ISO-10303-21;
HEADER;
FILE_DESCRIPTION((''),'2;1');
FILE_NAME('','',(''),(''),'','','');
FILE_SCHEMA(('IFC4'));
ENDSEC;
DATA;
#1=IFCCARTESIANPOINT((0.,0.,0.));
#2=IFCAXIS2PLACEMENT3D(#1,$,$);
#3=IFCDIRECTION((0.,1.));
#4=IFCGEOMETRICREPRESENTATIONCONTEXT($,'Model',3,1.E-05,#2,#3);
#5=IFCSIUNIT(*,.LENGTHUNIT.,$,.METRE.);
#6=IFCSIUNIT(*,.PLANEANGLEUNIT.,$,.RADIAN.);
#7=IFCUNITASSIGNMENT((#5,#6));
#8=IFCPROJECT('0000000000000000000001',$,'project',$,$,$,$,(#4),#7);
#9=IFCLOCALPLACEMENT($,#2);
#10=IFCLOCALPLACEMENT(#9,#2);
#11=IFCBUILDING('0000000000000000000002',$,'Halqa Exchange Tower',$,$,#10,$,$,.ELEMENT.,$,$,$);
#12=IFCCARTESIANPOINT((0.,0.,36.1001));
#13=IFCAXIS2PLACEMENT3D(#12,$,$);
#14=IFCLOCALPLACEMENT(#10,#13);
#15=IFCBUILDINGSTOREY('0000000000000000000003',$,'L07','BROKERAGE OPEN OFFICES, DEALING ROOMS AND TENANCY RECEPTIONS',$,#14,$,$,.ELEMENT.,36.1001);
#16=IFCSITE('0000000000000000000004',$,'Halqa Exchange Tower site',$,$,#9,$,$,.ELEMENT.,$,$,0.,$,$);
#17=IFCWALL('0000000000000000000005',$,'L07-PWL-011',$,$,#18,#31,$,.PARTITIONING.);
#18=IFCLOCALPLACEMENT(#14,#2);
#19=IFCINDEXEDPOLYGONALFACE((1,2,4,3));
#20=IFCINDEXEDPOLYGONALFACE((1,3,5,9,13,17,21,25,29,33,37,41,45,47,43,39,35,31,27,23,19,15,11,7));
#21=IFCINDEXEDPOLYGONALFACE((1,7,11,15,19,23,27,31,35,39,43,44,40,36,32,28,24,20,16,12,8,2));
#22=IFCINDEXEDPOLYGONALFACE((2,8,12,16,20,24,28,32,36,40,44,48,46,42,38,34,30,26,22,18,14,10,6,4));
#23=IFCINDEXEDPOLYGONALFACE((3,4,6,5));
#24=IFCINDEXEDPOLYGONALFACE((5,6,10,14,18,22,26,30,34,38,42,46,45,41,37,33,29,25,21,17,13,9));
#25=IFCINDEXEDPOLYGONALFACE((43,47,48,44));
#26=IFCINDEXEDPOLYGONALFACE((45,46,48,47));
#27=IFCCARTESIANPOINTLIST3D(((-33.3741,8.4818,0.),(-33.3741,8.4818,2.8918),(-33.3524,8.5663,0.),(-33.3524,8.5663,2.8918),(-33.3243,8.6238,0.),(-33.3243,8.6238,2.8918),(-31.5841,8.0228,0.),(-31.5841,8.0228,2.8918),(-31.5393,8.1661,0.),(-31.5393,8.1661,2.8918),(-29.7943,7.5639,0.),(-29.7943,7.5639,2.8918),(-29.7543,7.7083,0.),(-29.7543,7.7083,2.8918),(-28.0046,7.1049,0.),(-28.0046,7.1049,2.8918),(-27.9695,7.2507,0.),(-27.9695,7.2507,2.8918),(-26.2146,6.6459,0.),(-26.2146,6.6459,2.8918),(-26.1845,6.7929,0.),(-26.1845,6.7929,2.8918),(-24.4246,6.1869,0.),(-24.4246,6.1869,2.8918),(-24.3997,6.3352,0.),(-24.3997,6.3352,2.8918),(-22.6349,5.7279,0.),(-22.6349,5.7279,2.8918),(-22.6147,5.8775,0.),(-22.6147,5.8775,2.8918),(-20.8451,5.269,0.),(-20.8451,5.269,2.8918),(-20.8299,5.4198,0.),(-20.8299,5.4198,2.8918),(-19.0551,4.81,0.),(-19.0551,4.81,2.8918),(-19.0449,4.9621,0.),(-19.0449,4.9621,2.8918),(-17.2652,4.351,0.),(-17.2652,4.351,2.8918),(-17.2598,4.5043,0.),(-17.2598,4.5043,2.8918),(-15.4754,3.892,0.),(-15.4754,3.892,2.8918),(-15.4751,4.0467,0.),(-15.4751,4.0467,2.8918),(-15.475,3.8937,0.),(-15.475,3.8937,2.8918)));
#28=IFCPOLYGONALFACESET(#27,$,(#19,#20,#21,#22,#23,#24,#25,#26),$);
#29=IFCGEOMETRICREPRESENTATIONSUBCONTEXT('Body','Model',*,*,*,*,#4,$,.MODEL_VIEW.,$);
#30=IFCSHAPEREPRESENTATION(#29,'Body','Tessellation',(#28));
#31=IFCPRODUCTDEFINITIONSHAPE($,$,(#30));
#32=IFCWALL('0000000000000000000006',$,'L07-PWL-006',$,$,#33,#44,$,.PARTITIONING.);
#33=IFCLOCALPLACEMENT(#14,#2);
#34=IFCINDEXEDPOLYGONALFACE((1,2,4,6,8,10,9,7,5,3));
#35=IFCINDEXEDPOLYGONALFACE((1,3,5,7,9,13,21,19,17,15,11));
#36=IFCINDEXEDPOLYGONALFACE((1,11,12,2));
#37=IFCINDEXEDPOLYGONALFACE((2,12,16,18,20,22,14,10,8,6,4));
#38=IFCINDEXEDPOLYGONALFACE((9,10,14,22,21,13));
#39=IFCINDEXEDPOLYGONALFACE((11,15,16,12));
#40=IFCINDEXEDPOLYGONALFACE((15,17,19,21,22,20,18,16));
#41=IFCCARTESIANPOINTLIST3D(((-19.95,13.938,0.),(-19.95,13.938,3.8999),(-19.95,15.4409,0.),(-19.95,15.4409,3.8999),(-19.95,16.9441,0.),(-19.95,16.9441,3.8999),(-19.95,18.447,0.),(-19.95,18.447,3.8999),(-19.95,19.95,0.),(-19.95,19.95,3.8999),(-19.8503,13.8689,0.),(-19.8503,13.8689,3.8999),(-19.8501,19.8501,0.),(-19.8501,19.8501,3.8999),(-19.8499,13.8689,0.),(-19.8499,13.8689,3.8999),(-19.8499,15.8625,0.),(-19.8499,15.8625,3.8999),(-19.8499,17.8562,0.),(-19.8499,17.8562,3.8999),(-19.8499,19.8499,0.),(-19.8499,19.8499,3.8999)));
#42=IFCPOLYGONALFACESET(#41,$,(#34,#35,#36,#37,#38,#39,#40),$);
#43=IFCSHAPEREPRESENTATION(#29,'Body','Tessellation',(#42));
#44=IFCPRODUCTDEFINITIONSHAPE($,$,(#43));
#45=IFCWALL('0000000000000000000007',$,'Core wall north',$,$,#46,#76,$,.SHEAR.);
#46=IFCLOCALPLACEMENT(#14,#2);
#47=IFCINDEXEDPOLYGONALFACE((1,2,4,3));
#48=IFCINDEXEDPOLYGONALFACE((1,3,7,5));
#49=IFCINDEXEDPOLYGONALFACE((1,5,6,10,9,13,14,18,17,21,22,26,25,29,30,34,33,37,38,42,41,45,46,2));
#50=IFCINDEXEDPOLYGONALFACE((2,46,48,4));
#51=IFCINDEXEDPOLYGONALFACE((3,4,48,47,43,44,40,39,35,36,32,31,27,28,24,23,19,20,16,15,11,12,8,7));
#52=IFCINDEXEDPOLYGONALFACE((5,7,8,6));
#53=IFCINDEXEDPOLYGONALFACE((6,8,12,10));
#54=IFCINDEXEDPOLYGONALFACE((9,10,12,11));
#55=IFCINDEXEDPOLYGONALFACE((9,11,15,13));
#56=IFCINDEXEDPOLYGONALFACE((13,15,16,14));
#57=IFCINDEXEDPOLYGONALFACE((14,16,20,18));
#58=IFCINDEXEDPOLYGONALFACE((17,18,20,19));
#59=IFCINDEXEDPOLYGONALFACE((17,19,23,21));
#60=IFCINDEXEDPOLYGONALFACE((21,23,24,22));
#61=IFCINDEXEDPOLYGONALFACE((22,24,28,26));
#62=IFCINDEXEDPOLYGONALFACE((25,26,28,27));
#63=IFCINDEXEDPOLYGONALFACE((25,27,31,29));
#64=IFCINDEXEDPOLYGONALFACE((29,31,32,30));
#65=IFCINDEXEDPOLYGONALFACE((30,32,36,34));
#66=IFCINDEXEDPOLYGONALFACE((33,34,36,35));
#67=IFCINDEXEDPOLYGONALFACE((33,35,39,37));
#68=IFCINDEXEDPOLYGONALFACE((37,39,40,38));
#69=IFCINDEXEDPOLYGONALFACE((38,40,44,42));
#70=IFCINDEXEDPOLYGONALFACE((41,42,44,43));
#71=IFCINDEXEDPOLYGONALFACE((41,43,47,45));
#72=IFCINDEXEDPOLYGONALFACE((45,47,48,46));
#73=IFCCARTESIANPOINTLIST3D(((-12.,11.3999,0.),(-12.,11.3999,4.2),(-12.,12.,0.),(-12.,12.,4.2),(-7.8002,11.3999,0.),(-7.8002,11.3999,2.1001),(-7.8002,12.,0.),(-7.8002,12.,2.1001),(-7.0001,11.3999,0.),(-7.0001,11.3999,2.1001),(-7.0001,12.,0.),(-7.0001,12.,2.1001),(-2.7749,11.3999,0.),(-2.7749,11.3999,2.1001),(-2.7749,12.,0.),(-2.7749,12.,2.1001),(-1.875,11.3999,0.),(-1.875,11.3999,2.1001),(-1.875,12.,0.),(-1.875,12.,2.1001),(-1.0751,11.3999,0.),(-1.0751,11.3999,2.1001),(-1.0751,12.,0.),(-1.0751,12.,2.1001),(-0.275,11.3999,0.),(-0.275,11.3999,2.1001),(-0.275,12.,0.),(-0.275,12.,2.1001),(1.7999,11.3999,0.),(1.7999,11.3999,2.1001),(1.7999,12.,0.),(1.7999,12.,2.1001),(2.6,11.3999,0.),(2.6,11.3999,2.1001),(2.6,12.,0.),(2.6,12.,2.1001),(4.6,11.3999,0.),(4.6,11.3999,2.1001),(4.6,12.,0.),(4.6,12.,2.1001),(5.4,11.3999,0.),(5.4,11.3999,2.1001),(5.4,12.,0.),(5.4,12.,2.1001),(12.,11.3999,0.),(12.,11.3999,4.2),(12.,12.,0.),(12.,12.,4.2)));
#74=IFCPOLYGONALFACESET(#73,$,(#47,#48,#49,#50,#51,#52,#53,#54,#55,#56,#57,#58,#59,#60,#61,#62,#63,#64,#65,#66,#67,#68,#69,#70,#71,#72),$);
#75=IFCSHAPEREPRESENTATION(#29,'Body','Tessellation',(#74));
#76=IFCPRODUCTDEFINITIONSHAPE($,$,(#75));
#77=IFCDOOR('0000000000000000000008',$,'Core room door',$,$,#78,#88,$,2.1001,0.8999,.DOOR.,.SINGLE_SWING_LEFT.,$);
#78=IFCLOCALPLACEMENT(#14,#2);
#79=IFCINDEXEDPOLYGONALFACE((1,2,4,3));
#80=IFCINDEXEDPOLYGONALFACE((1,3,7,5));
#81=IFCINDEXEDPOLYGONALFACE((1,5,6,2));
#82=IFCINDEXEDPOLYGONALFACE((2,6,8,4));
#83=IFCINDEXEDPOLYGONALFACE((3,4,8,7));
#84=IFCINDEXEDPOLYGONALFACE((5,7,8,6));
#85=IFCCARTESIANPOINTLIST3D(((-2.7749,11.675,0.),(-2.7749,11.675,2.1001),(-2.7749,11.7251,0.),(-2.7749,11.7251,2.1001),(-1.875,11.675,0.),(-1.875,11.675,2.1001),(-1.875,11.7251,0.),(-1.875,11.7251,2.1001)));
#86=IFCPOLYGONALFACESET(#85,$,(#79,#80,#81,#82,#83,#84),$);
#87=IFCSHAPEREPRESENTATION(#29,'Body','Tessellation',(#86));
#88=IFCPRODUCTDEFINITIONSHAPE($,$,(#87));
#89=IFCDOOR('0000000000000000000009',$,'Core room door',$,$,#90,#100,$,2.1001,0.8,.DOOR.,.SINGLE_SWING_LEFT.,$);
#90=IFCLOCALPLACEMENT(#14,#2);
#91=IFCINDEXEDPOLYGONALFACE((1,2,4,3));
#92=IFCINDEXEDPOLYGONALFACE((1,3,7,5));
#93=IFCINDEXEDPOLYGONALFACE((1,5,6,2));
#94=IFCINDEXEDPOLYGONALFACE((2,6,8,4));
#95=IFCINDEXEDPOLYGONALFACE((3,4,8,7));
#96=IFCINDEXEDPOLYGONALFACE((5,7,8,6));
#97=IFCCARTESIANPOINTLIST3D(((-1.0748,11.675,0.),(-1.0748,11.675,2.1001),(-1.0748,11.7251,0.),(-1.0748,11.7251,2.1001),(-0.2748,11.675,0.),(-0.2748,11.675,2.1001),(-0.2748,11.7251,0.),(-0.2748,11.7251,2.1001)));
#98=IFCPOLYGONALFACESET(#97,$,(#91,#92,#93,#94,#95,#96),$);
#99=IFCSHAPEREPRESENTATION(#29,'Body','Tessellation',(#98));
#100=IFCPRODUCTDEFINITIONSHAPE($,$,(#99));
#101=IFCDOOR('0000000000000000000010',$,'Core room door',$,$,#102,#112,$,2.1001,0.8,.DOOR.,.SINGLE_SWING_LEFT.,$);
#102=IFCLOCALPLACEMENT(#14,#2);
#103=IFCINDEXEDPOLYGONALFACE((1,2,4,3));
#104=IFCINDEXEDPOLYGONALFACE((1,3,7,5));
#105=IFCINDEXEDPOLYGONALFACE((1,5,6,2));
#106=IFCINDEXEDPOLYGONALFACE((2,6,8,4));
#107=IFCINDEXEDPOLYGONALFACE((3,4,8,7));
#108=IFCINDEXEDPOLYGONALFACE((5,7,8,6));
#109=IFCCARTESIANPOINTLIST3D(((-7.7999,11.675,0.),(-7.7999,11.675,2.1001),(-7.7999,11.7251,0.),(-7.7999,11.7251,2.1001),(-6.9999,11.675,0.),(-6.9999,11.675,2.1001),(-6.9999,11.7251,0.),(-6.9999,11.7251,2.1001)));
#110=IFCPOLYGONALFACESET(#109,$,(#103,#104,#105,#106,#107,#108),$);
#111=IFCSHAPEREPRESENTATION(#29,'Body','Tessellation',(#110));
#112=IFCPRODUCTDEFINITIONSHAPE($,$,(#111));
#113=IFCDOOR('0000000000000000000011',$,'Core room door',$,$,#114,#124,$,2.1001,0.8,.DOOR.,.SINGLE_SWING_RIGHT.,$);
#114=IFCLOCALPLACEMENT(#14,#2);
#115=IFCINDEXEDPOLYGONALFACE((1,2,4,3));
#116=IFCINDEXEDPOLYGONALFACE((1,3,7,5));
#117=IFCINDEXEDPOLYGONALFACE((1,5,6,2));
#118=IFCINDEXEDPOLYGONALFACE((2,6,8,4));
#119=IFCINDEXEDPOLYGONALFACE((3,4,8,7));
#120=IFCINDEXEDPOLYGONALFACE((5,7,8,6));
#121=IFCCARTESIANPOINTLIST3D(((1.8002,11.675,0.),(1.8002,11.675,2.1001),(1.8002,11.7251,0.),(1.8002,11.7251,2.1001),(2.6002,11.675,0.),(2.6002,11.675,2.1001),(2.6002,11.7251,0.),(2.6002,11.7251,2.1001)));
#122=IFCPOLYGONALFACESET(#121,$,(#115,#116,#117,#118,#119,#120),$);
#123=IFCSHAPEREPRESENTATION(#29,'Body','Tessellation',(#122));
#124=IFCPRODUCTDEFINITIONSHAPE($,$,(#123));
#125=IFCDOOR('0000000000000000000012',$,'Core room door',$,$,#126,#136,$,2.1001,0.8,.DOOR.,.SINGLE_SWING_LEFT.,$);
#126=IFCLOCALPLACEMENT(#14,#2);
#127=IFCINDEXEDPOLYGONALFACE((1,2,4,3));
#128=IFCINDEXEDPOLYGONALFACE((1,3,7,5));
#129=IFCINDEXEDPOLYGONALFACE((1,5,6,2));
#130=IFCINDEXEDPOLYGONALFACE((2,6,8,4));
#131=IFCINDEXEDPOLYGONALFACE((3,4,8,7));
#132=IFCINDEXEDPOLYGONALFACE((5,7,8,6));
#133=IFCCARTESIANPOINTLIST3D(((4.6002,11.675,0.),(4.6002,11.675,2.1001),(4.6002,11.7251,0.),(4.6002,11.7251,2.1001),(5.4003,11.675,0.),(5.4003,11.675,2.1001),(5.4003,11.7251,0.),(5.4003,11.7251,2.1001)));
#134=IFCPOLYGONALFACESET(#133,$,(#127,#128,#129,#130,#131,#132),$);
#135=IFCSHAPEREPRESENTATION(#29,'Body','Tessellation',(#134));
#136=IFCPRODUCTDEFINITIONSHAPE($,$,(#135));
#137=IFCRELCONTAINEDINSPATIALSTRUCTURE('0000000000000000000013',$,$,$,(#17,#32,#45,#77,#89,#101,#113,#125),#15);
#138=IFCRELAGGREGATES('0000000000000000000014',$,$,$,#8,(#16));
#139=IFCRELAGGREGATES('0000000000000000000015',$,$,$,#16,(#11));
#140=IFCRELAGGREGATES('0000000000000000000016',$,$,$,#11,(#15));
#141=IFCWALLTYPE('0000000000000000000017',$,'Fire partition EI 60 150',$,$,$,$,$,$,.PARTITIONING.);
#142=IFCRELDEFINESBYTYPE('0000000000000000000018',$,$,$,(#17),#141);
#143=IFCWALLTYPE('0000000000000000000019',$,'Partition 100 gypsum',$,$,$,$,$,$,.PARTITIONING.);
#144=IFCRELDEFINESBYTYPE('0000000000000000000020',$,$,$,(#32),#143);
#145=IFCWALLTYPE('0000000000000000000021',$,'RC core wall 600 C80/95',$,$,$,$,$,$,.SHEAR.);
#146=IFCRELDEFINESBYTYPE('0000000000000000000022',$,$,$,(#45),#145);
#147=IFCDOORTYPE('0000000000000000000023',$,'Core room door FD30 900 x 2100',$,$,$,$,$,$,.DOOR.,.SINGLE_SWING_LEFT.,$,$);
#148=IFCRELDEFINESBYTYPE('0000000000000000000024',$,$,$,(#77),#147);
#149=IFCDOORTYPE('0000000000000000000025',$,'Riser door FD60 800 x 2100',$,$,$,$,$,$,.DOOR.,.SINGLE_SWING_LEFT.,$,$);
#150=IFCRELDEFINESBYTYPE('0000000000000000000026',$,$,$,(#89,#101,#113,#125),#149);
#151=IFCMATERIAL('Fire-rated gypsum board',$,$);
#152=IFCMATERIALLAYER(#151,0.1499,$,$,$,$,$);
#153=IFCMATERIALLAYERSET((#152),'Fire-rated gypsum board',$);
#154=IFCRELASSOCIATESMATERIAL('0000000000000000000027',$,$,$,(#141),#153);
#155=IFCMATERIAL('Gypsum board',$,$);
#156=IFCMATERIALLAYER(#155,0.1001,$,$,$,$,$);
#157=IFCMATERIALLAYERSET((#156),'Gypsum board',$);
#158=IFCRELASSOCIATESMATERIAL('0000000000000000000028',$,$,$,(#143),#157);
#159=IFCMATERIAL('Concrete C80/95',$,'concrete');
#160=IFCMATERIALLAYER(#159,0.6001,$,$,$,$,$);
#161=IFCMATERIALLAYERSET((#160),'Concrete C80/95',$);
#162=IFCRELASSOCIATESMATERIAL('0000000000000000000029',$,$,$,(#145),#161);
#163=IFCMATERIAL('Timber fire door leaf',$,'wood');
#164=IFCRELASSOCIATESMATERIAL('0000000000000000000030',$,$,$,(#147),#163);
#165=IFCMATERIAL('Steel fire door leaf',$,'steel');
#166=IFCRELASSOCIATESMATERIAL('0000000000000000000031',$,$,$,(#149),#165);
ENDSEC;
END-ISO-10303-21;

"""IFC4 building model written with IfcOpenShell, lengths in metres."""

from ifc_helpers import new_model, si_unit, direction, frame, frame_2d, origin, place, context, subcontext, project, spatial, polyline, rectangle, outline, extrude, material, layer, layer_set, type_object, element, fill, save


model = new_model("IFC4")

# Units and contexts
model_context = context("Model", 3, precision=1e-05, world=origin(), true_north=direction((0.0, 1.0)))
body_context = subcontext(model_context, "Body", "Model", "MODEL_VIEW")
ifc_project = project(units=[si_unit("LENGTHUNIT", "METRE"), si_unit("PLANEANGLEUNIT", "RADIAN")], contexts=[model_context])

# Site, building, storey
site_placement = place(None, origin())
site = spatial("IfcSite", under=ifc_project, at=site_placement, Name="Halqa Exchange Tower site", CompositionType="ELEMENT", RefElevation=0.0)
building_placement = place(site_placement, origin())
building = spatial("IfcBuilding", under=site, at=building_placement, Name="Halqa Exchange Tower", CompositionType="ELEMENT")
storey_placement = place(building_placement, frame((0.0, 0.0, 36.1001)))
storey = spatial("IfcBuildingStorey", under=building, at=storey_placement, Name="L07", Description="BROKERAGE OPEN OFFICES, DEALING ROOMS AND TENANCY RECEPTIONS", CompositionType="ELEMENT", Elevation=36.1001)

# Shared definitions
ifc_material_1 = material(Name="Concrete C80/95", Category="concrete")

# Walls
ifc_material_2 = material(Name="Fire-rated gypsum board")
ifc_layer_1 = layer(ifc_material_2, 0.1499)
ifc_layer_set_1 = layer_set([ifc_layer_1], Name="Fire-rated gypsum board")
wall_type_1 = type_object("IfcWallType", Name="Fire partition EI 60 150", PredefinedType="PARTITIONING", material=ifc_layer_set_1)
wall_1_placement = place(storey_placement, frame((-15.4568, 3.9646, 0.0), z_axis=(0.0, 0.0, 1.0), x_axis=(-0.968658, 0.248398, 0.0)))
element("IfcWall", 1, at=wall_1_placement, inside=storey, type_object=wall_type_1, Name="L07-PWL-011", PredefinedType="PARTITIONING", context=body_context, shape_type="SweptSolid", body=[
    extrude(outline(polyline([(0.0381, -0.075), (1.8806, -0.075), (3.7234, -0.075), (5.5662, -0.075), (7.4087, -0.075), (9.2515, -0.075), (11.094, -0.075), (12.9368, -0.075), (14.7793, -0.075), (16.6221, -0.075), (18.4648, -0.075), (18.4778, -0.0122), (18.4778, 0.075), (16.6299, 0.075), (14.7822, 0.075), (12.9346, 0.075), (11.0867, 0.075), (9.2388, 0.075), (7.3911, 0.075), (5.5435, 0.075), (3.6956, 0.075), (1.8477, 0.075), (0.0, 0.075), (0.0, 0.0732), (0.0381, -0.075)])), origin(), (0.0, 0.0, 1.0), 2.8918),
])
ifc_material_3 = material(Name="Gypsum board")
ifc_layer_2 = layer(ifc_material_3, 0.1001)
ifc_layer_set_2 = layer_set([ifc_layer_2], Name="Gypsum board")
wall_type_2 = type_object("IfcWallType", Name="Partition 100 gypsum", PredefinedType="PARTITIONING", material=ifc_layer_set_2)
wall_2_placement = place(storey_placement, frame((-19.8999, 13.8689, 0.0), z_axis=(0.0, 0.0, 1.0), x_axis=(0.0, 1.0, 0.0)))
element("IfcWall", 2, at=wall_2_placement, inside=storey, type_object=wall_type_2, Name="L07-PWL-006", PredefinedType="PARTITIONING", context=body_context, shape_type="SweptSolid", body=[
    extrude(outline(polyline([(0.0, -0.05), (1.9937, -0.05), (3.9873, -0.05), (5.981, -0.05), (5.9812, -0.0498), (6.0811, 0.05), (4.5781, 0.05), (3.0752, 0.05), (1.572, 0.05), (0.0691, 0.05), (0.0, -0.0496), (0.0, -0.05)])), origin(), (0.0, 0.0, 1.0), 3.8999),
])

# Wall, openings, doors
ifc_layer_3 = layer(ifc_material_1, 0.6001)
ifc_layer_set_3 = layer_set([ifc_layer_3], Name="Concrete C80/95")
wall_type_3 = type_object("IfcWallType", Name="RC core wall 600 C80/95", PredefinedType="SHEAR", material=ifc_layer_set_3)
wall_3_placement = place(storey_placement, frame((-12.0, 11.7, 0.0), z_axis=(0.0, 0.0, 1.0), x_axis=(1.0, 0.0, 0.0)))
wall_3 = element("IfcWall", 3, at=wall_3_placement, inside=storey, type_object=wall_type_3, Name="Core wall north", PredefinedType="SHEAR", context=body_context, shape_type="SweptSolid", body=[
    extrude(rectangle(XDim=24.0, YDim=0.6001, at=frame_2d((12.0, 0.0))), origin(), (0.0, 0.0, 1.0), 4.2),
])
opening_1_placement = place(wall_3_placement, frame((9.2251, 0.0, 0.0)))
opening_1 = element("IfcOpeningElement", 4, at=opening_1_placement, cuts=wall_3, PredefinedType="OPENING", context=body_context, shape_type="SweptSolid", body=[
    extrude(rectangle(XDim=0.8999, YDim=2.1001, at=frame_2d((0.45, 1.05))), frame((0.0, 0.312, 0.0), z_axis=(0.0, -1.0, 0.0), x_axis=(1.0, 0.0, 0.0)), (0.0, 0.0, 1.0), 0.624),
])
opening_2_placement = place(wall_3_placement, frame((10.925, 0.0, 0.0)))
opening_2 = element("IfcOpeningElement", 5, at=opening_2_placement, cuts=wall_3, PredefinedType="OPENING", context=body_context, shape_type="SweptSolid", body=[
    extrude(rectangle(XDim=0.8, YDim=2.1001, at=frame_2d((0.3999, 1.05))), frame((0.0, 0.312, 0.0), z_axis=(0.0, -1.0, 0.0), x_axis=(1.0, 0.0, 0.0)), (0.0, 0.0, 1.0), 0.624),
])
opening_3_placement = place(wall_3_placement, frame((4.2, 0.0, 0.0)))
opening_3 = element("IfcOpeningElement", 6, at=opening_3_placement, cuts=wall_3, PredefinedType="OPENING", context=body_context, shape_type="SweptSolid", body=[
    extrude(rectangle(XDim=0.8, YDim=2.1001, at=frame_2d((0.3999, 1.05))), frame((0.0, 0.312, 0.0), z_axis=(0.0, -1.0, 0.0), x_axis=(1.0, 0.0, 0.0)), (0.0, 0.0, 1.0), 0.624),
])
opening_4_placement = place(wall_3_placement, frame((13.8, 0.0, 0.0)))
opening_4 = element("IfcOpeningElement", 7, at=opening_4_placement, cuts=wall_3, PredefinedType="OPENING", context=body_context, shape_type="SweptSolid", body=[
    extrude(rectangle(XDim=0.8, YDim=2.1001, at=frame_2d((0.3999, 1.05))), frame((0.0, 0.312, 0.0), z_axis=(0.0, -1.0, 0.0), x_axis=(1.0, 0.0, 0.0)), (0.0, 0.0, 1.0), 0.624),
])
opening_5_placement = place(wall_3_placement, frame((16.6001, 0.0, 0.0)))
opening_5 = element("IfcOpeningElement", 8, at=opening_5_placement, cuts=wall_3, PredefinedType="OPENING", context=body_context, shape_type="SweptSolid", body=[
    extrude(rectangle(XDim=0.8, YDim=2.1001, at=frame_2d((0.3999, 1.05))), frame((0.0, 0.312, 0.0), z_axis=(0.0, -1.0, 0.0), x_axis=(1.0, 0.0, 0.0)), (0.0, 0.0, 1.0), 0.624),
])
ifc_material_4 = material(Name="Timber fire door leaf", Category="wood")
door_type_1 = type_object("IfcDoorType", Name="Core room door FD30 900 x 2100", OperationType="SINGLE_SWING_LEFT", PredefinedType="DOOR", material=ifc_material_4)
door_1_placement = place(opening_1_placement, frame((0.8999, 0.0, 0.0), z_axis=(0.0, 0.0, 1.0), x_axis=(-1.0, 0.0, 0.0)))
door_1 = element("IfcDoor", 9, at=door_1_placement, inside=storey, type_object=door_type_1, Name="Core room door", OperationType="SINGLE_SWING_LEFT", OverallHeight=2.1001, OverallWidth=0.8999, PredefinedType="DOOR", context=body_context, shape_type="SweptSolid", body=[
    extrude(rectangle(XDim=0.8999, YDim=2.1001, at=frame_2d((0.45, 1.05))), frame((0.0, 0.0249, 0.0), z_axis=(0.0, -1.0, 0.0), x_axis=(1.0, 0.0, 0.0)), (0.0, 0.0, 1.0), 0.05),
])
fill(opening_1, door_1)
ifc_material_5 = material(Name="Steel fire door leaf", Category="steel")
door_type_2 = type_object("IfcDoorType", Name="Riser door FD60 800 x 2100", OperationType="SINGLE_SWING_LEFT", PredefinedType="DOOR", material=ifc_material_5)
door_2_placement = place(opening_2_placement, frame((0.8, 0.0, 0.0), z_axis=(0.0, 0.0, 1.0), x_axis=(-1.0, 0.0, 0.0)))
door_2 = element("IfcDoor", 10, at=door_2_placement, inside=storey, type_object=door_type_2, Name="Core room door", OperationType="SINGLE_SWING_LEFT", OverallHeight=2.1001, OverallWidth=0.8, PredefinedType="DOOR", context=body_context, shape_type="SweptSolid", body=[
    extrude(rectangle(XDim=0.8, YDim=2.1001, at=frame_2d((0.3999, 1.05))), frame((0.0, 0.0249, 0.0), z_axis=(0.0, -1.0, 0.0), x_axis=(1.0, 0.0, 0.0)), (0.0, 0.0, 1.0), 0.05),
])
fill(opening_2, door_2)
door_3_placement = place(opening_3_placement, frame((0.8, 0.0, 0.0), z_axis=(0.0, 0.0, 1.0), x_axis=(-1.0, 0.0, 0.0)))
door_3 = element("IfcDoor", 11, at=door_3_placement, inside=storey, type_object=door_type_2, Name="Core room door", OperationType="SINGLE_SWING_LEFT", OverallHeight=2.1001, OverallWidth=0.8, PredefinedType="DOOR", context=body_context, shape_type="SweptSolid", body=[
    extrude(rectangle(XDim=0.8, YDim=2.1001, at=frame_2d((0.3999, 1.05))), frame((0.0, 0.0249, 0.0), z_axis=(0.0, -1.0, 0.0), x_axis=(1.0, 0.0, 0.0)), (0.0, 0.0, 1.0), 0.05),
])
fill(opening_3, door_3)
door_4_placement = place(opening_4_placement, frame((0.8, 0.0, 0.0), z_axis=(0.0, 0.0, 1.0), x_axis=(-1.0, 0.0, 0.0)))
door_4 = element("IfcDoor", 12, at=door_4_placement, inside=storey, type_object=door_type_2, Name="Core room door", OperationType="SINGLE_SWING_RIGHT", OverallHeight=2.1001, OverallWidth=0.8, PredefinedType="DOOR", context=body_context, shape_type="SweptSolid", body=[
    extrude(rectangle(XDim=0.8, YDim=2.1001, at=frame_2d((0.3999, 1.05))), frame((0.0, 0.0249, 0.0), z_axis=(0.0, -1.0, 0.0), x_axis=(1.0, 0.0, 0.0)), (0.0, 0.0, 1.0), 0.05),
])
fill(opening_4, door_4)
door_5_placement = place(opening_5_placement, frame((0.8, 0.0, 0.0), z_axis=(0.0, 0.0, 1.0), x_axis=(-1.0, 0.0, 0.0)))
door_5 = element("IfcDoor", 13, at=door_5_placement, inside=storey, type_object=door_type_2, Name="Core room door", OperationType="SINGLE_SWING_LEFT", OverallHeight=2.1001, OverallWidth=0.8, PredefinedType="DOOR", context=body_context, shape_type="SweptSolid", body=[
    extrude(rectangle(XDim=0.8, YDim=2.1001, at=frame_2d((0.3999, 1.05))), frame((0.0, 0.0249, 0.0), z_axis=(0.0, -1.0, 0.0), x_axis=(1.0, 0.0, 0.0)), (0.0, 0.0, 1.0), 0.05),
])
fill(opening_5, door_5)

save(model, "model.ifc")
